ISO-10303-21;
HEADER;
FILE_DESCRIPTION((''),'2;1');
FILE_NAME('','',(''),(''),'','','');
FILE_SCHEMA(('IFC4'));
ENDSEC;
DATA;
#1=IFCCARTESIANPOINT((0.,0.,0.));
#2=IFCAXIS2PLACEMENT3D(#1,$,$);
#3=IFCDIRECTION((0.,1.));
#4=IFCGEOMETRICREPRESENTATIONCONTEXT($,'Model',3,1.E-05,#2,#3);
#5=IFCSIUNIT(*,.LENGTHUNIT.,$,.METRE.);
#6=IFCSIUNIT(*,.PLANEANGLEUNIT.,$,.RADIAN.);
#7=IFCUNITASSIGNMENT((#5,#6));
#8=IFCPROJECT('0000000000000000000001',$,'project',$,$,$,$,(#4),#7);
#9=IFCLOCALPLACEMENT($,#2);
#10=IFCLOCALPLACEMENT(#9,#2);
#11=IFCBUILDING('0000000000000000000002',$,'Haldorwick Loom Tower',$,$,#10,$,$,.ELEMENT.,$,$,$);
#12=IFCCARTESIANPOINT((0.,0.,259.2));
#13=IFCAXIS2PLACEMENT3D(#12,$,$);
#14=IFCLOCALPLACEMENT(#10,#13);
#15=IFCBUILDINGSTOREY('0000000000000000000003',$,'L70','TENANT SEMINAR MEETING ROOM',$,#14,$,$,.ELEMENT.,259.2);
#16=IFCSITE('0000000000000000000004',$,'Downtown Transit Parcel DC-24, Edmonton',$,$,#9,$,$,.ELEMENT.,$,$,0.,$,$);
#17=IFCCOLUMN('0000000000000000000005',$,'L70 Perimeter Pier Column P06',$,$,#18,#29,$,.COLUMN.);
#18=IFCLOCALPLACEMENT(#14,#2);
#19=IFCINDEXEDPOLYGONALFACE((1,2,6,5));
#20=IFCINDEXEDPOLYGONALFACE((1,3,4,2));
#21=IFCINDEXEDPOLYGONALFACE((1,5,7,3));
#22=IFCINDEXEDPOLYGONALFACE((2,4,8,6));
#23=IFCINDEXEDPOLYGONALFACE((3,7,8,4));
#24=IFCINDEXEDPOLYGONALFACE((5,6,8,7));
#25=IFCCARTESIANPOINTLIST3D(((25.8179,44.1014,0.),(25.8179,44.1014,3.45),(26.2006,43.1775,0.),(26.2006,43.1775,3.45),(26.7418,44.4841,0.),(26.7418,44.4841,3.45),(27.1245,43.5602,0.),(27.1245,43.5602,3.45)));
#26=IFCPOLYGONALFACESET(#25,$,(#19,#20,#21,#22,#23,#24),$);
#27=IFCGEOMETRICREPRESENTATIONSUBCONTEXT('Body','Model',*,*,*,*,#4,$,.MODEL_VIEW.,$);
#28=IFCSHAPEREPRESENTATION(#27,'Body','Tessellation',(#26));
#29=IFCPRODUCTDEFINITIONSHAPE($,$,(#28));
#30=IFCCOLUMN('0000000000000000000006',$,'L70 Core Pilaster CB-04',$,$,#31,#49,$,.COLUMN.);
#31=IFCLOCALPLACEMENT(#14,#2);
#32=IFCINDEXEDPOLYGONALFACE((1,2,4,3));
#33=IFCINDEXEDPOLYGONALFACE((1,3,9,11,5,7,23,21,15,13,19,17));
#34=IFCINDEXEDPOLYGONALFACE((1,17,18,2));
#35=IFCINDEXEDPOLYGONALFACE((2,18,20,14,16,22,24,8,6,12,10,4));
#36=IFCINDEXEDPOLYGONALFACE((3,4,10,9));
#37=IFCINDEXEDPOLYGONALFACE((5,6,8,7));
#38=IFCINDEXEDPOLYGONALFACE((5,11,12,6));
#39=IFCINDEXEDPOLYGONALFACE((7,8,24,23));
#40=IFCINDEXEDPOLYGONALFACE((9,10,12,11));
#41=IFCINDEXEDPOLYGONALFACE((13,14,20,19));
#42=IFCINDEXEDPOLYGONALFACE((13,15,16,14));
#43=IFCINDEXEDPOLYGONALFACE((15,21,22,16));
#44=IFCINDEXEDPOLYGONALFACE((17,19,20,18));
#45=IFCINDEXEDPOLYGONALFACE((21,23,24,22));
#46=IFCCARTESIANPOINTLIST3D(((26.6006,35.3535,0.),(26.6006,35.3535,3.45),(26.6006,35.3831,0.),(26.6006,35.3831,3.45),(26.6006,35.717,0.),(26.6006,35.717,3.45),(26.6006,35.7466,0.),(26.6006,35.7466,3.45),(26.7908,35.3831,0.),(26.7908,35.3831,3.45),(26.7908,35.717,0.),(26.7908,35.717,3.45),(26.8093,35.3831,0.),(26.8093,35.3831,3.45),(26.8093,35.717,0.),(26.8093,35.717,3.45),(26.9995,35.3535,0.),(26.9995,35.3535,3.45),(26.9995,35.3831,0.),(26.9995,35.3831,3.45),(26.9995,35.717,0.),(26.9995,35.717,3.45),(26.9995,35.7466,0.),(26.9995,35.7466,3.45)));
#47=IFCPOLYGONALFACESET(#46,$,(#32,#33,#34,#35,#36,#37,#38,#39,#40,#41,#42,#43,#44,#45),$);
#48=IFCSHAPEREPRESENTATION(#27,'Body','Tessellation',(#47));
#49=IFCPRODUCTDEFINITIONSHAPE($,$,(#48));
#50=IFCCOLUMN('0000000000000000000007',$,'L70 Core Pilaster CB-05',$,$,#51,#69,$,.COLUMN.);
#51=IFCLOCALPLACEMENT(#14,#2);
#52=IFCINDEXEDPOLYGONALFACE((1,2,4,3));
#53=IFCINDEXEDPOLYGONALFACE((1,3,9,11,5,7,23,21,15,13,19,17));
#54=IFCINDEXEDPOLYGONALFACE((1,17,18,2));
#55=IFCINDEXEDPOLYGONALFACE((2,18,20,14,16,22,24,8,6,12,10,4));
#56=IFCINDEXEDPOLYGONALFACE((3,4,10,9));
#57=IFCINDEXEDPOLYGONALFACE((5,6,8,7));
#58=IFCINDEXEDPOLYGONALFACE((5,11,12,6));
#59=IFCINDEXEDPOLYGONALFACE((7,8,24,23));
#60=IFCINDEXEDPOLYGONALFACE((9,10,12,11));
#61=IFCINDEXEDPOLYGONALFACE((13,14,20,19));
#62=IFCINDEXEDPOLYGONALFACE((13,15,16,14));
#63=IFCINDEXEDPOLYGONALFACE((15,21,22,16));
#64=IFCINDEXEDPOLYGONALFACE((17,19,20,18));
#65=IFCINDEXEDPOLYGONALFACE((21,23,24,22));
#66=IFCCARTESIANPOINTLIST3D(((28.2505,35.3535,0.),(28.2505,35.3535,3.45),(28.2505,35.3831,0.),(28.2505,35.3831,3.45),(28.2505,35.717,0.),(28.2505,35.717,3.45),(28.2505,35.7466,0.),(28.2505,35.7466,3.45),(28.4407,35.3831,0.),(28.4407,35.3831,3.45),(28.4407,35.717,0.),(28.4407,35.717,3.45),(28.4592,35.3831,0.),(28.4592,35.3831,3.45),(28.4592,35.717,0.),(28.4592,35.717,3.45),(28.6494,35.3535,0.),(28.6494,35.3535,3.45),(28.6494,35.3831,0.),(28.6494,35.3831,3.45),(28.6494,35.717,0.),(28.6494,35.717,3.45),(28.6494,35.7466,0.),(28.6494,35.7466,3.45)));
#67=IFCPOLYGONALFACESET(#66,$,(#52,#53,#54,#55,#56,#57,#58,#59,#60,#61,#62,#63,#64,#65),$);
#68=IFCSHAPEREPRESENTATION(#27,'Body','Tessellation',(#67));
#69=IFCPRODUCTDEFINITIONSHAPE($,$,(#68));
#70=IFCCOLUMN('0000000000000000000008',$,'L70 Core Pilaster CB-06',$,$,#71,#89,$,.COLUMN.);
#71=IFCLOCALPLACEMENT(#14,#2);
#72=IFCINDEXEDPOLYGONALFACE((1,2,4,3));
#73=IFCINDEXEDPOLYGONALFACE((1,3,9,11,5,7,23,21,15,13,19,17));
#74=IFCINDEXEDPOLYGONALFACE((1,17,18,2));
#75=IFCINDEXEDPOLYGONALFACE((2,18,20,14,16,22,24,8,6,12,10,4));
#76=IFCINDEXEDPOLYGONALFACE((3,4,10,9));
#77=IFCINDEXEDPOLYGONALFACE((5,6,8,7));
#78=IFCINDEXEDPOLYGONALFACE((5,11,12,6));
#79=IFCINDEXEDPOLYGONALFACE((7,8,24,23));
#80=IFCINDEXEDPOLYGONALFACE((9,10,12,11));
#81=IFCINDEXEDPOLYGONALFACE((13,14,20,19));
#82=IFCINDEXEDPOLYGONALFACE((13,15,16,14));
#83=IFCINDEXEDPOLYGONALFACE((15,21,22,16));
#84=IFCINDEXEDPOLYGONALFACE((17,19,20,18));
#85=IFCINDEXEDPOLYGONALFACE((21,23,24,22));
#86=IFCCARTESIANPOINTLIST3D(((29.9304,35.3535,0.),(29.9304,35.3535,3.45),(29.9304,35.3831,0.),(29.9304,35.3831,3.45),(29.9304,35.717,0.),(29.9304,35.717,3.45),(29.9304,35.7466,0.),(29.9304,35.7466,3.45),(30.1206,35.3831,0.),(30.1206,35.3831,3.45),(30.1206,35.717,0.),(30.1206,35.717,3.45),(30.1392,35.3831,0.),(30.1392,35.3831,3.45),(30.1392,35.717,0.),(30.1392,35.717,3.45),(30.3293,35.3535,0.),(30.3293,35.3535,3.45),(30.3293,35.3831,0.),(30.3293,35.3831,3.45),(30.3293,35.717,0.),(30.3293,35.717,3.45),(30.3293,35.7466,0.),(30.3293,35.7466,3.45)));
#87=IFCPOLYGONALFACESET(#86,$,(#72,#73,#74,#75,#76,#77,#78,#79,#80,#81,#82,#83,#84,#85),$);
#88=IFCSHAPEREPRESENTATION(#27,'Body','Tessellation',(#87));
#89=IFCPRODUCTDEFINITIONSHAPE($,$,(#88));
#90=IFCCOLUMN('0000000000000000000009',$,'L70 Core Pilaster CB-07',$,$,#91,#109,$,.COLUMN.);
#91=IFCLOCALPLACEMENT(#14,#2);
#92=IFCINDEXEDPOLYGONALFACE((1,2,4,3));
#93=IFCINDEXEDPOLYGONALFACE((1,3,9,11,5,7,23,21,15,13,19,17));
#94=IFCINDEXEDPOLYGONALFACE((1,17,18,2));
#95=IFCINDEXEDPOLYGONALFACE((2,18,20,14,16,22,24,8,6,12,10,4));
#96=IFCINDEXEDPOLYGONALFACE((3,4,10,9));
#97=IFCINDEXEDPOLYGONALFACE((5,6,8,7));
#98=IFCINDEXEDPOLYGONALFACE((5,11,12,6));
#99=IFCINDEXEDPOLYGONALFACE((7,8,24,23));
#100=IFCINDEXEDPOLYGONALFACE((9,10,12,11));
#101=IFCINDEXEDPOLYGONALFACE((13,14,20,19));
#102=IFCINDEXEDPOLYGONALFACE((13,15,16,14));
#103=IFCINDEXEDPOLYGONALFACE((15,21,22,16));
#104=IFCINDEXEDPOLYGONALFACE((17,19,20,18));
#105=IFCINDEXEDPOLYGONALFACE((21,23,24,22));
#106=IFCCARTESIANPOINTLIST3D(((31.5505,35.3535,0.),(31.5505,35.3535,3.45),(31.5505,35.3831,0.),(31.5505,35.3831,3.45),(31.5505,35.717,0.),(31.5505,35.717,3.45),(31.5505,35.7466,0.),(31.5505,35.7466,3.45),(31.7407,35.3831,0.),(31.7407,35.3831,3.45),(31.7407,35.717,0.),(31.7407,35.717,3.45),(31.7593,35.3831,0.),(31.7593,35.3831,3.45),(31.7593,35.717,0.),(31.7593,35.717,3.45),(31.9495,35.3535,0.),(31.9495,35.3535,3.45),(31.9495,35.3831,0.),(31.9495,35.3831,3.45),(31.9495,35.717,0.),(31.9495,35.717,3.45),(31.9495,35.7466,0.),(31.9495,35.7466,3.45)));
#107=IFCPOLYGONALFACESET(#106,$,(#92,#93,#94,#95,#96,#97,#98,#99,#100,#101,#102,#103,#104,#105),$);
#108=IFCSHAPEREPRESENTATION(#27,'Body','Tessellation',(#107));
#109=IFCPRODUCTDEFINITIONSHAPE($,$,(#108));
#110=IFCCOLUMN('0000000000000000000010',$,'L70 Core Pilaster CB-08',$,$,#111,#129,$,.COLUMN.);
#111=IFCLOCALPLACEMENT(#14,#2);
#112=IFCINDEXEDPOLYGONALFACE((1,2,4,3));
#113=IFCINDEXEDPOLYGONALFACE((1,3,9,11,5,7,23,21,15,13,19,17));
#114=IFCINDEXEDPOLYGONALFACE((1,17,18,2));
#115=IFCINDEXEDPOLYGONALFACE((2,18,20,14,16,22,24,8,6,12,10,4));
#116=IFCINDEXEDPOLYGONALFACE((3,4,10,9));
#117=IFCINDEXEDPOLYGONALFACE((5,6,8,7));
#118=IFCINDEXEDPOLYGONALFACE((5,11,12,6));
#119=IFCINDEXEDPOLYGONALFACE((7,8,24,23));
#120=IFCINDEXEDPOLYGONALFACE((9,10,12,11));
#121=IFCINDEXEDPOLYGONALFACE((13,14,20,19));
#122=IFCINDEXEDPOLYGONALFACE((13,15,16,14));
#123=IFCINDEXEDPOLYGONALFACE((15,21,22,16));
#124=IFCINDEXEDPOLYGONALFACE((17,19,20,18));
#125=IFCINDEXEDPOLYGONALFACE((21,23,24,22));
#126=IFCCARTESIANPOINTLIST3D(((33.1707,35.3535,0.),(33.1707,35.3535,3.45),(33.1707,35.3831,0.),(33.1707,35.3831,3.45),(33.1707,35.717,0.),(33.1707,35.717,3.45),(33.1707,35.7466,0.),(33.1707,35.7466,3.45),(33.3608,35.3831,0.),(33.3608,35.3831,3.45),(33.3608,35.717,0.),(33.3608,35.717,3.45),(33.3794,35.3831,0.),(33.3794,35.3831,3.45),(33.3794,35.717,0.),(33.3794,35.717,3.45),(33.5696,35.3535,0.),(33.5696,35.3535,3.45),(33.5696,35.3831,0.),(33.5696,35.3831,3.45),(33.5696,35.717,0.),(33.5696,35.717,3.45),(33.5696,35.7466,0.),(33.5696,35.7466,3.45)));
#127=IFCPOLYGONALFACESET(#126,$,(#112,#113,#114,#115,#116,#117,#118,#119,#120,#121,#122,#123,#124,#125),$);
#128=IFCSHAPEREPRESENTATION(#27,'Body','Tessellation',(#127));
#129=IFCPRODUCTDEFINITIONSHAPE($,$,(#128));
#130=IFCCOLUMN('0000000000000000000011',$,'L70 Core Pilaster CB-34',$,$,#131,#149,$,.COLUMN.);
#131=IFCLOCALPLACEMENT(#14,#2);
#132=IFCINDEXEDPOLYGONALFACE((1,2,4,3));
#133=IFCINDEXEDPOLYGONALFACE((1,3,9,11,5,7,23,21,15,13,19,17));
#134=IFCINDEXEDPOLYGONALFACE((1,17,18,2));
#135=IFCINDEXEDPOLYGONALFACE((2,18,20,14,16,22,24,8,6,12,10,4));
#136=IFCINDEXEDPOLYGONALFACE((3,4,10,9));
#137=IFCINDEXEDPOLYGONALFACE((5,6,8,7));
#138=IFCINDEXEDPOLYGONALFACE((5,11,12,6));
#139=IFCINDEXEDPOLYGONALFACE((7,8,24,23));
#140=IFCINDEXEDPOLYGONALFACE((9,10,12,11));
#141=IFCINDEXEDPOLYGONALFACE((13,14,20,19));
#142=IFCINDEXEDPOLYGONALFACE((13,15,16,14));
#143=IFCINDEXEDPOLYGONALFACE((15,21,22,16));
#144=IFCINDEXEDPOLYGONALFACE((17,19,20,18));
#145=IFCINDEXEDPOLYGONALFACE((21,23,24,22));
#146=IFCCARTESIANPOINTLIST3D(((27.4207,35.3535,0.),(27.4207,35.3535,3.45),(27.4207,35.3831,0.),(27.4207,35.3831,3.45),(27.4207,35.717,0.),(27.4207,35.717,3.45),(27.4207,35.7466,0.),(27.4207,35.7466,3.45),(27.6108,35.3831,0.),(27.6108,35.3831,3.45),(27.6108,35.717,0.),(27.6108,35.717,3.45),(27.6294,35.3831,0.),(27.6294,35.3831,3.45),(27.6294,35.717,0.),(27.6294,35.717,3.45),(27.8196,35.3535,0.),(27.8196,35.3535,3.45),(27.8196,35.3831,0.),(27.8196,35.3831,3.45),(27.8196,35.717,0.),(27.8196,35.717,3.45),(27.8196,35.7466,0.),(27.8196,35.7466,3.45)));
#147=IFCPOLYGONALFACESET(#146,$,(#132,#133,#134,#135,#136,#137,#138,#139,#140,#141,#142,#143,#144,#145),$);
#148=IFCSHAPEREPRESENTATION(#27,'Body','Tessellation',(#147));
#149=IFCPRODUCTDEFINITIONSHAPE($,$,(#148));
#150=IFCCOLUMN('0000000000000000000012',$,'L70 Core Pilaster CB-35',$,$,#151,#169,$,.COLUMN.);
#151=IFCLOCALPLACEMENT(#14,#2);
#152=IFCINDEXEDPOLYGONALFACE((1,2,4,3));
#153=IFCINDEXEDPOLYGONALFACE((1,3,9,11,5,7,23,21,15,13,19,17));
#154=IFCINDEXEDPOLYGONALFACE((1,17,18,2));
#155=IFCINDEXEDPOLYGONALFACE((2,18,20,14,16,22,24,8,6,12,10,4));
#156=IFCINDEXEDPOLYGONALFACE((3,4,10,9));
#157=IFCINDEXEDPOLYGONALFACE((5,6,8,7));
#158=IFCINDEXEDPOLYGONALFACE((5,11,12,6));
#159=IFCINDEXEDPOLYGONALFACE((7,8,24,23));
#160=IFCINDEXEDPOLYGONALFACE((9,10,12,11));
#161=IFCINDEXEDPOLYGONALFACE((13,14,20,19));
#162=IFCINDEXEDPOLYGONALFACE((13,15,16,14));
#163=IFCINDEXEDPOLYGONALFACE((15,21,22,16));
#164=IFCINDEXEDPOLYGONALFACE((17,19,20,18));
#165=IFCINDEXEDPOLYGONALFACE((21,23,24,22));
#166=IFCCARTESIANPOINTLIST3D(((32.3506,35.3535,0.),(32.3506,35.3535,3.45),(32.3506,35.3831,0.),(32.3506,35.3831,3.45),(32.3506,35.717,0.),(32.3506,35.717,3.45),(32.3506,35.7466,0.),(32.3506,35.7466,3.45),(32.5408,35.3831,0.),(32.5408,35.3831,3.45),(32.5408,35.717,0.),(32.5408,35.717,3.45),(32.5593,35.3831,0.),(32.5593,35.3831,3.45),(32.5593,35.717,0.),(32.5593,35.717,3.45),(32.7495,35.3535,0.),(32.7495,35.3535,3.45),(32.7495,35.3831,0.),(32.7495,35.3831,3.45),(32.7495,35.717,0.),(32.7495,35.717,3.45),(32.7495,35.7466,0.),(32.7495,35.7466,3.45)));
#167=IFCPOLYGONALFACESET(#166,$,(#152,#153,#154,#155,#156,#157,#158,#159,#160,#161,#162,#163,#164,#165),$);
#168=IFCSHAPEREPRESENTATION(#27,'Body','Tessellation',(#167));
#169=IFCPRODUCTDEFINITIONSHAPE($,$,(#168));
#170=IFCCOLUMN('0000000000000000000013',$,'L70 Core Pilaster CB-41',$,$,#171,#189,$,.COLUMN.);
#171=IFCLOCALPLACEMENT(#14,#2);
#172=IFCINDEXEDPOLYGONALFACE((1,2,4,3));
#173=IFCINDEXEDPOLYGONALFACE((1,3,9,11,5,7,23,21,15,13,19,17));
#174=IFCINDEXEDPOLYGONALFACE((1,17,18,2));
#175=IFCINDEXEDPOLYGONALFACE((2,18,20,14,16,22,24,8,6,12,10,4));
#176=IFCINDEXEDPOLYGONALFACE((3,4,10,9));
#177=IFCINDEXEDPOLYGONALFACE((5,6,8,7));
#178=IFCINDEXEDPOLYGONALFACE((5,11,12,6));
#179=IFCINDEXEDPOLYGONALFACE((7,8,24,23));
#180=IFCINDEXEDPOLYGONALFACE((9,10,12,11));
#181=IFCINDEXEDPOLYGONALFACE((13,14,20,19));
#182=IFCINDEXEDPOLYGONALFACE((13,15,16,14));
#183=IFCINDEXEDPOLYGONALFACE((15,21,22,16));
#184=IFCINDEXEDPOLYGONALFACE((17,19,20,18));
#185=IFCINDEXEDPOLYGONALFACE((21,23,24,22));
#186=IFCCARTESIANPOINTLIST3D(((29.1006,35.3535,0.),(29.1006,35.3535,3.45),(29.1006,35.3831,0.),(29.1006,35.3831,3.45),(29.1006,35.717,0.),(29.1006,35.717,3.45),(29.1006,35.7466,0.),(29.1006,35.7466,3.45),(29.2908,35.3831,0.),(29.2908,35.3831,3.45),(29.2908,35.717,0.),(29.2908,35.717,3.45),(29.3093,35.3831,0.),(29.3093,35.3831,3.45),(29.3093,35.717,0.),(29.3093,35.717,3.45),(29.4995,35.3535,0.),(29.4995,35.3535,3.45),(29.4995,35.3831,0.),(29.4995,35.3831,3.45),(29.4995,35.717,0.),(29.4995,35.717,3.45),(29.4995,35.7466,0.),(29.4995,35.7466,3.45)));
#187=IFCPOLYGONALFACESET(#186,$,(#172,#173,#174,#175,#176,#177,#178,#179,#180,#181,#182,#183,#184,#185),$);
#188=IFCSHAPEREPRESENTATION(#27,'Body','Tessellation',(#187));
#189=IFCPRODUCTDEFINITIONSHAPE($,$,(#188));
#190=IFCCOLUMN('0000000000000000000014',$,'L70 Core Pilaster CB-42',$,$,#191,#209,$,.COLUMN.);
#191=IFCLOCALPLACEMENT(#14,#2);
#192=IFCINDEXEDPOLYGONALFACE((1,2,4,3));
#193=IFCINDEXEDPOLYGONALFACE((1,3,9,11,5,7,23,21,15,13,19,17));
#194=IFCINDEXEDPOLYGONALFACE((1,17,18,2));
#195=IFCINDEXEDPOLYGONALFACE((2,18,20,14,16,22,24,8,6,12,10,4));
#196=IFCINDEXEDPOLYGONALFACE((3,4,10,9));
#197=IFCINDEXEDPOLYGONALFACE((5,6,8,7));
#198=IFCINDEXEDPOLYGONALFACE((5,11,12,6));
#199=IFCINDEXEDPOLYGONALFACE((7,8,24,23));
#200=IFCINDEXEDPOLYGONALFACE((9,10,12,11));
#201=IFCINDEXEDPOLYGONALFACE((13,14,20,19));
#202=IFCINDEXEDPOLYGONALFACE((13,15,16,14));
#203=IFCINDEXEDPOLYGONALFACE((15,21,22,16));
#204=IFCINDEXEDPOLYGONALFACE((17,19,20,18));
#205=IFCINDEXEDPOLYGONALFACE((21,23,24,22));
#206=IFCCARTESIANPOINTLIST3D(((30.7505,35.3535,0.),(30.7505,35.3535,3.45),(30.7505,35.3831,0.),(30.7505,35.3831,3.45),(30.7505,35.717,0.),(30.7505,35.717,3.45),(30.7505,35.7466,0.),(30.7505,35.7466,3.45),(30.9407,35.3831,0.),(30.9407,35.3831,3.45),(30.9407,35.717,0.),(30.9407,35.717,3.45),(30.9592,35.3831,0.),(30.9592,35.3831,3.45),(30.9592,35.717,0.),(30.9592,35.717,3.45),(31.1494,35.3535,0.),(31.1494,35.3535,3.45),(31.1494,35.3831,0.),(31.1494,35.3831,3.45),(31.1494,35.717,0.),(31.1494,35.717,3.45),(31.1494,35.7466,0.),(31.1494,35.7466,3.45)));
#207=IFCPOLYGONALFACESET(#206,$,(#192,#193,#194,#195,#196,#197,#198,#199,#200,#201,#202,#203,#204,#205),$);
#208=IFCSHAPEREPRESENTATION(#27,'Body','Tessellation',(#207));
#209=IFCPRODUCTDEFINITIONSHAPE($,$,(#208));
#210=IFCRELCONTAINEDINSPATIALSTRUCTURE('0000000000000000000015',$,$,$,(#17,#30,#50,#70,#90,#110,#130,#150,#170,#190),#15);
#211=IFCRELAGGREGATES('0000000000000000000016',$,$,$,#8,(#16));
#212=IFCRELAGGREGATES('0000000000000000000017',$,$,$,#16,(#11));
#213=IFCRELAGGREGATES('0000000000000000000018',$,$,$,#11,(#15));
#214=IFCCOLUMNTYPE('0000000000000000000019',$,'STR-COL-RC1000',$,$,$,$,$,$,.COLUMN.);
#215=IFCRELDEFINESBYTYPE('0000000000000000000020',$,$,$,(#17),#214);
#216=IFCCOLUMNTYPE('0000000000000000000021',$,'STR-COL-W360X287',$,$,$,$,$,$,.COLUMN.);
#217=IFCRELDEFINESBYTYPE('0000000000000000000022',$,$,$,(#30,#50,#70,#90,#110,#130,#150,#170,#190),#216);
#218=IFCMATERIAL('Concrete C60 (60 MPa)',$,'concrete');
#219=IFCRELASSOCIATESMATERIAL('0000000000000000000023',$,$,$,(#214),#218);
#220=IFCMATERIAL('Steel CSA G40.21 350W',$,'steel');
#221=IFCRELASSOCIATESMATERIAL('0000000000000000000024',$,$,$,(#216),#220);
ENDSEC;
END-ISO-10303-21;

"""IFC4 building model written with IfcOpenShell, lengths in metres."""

from ifc_helpers import new_model, si_unit, direction, frame, origin, origin_2d, place, context, subcontext, project, spatial, rectangle, i_section, extrude, material, material_profile, profile_set, type_object, element, save


model = new_model("IFC4")

# Units and contexts
model_context = context("Model", 3, precision=1e-05, world=origin(), true_north=direction((0.0, 1.0)))
body_context = subcontext(model_context, "Body", "Model", "MODEL_VIEW")
ifc_project = project(units=[si_unit("LENGTHUNIT", "METRE"), si_unit("PLANEANGLEUNIT", "RADIAN")], contexts=[model_context])

# Site, building, storey
site_placement = place(None, origin())
site = spatial("IfcSite", under=ifc_project, at=site_placement, Name="Downtown Transit Parcel DC-24, Edmonton", CompositionType="ELEMENT", RefElevation=0.0)
building_placement = place(site_placement, origin())
building = spatial("IfcBuilding", under=site, at=building_placement, Name="Haldorwick Loom Tower", CompositionType="ELEMENT")
storey_placement = place(building_placement, frame((0.0, 0.0, 259.2)))
storey = spatial("IfcBuildingStorey", under=building, at=storey_placement, Name="L70", Description="TENANT SEMINAR MEETING ROOM", CompositionType="ELEMENT", Elevation=259.2)

# Columns
ifc_material_1 = material(Name="Concrete C60 (60 MPa)", Category="concrete")
ifc_material_profile_1 = material_profile(ifc_material_1, rectangle(XDim=1.0, YDim=1.0, at=origin_2d()), Name="RC1000X1000", Category="concrete")
ifc_profile_set_1 = profile_set([ifc_material_profile_1], Name="Concrete C60 (60 MPa)")
column_type_1 = type_object("IfcColumnType", Name="STR-COL-RC1000", PredefinedType="COLUMN", material=ifc_profile_set_1)
column_placement = place(storey_placement, frame((26.4712, 43.8308, 0.0), z_axis=(0.0, 0.0, 1.0), x_axis=(-0.382683, 0.92388, 0.0)))
element("IfcColumn", 1, at=column_placement, inside=storey, type_object=column_type_1, Name="L70 Perimeter Pier Column P06", PredefinedType="COLUMN", context=body_context, shape_type="SweptSolid", body=[
    extrude(rectangle(XDim=1.0, YDim=1.0, at=origin_2d()), origin(), (0.0, 0.0, 1.0), 3.45),
])
ifc_material_2 = material(Name="Steel CSA G40.21 350W", Category="steel")
ifc_material_profile_2 = material_profile(ifc_material_2, i_section(OverallWidth=0.3989, OverallDepth=0.3931, WebThickness=0.0186, FlangeThickness=0.0295, at=origin_2d()), Name="W360X287", Category="steel")
ifc_profile_set_2 = profile_set([ifc_material_profile_2], Name="Steel CSA G40.21 350W")
column_type_2 = type_object("IfcColumnType", Name="STR-COL-W360X287", PredefinedType="COLUMN", material=ifc_profile_set_2)
for number, where, z_axis, x_axis, name in (
    (2, (26.8, 35.55, 0.0), (0.0, 0.0, 1.0), (1.0, 0.0, 0.0), "L70 Core Pilaster CB-04"),
    (3, (28.45, 35.55, 0.0), (0.0, 0.0, 1.0), (1.0, 0.0, 0.0), "L70 Core Pilaster CB-05"),
    (4, (30.1299, 35.55, 0.0), (0.0, 0.0, 1.0), (1.0, 0.0, 0.0), "L70 Core Pilaster CB-06"),
    (5, (31.75, 35.55, 0.0), (0.0, 0.0, 1.0), (1.0, 0.0, 0.0), "L70 Core Pilaster CB-07"),
    (6, (33.3701, 35.55, 0.0), (0.0, 0.0, 1.0), (1.0, 0.0, 0.0), "L70 Core Pilaster CB-08"),
    (7, (27.6201, 35.55, 0.0), (0.0, 0.0, 1.0), (1.0, 0.0, 0.0), "L70 Core Pilaster CB-34"),
    (8, (32.55, 35.55, 0.0), (0.0, 0.0, 1.0), (1.0, 0.0, 0.0), "L70 Core Pilaster CB-35"),
    (9, (29.3, 35.55, 0.0), (0.0, 0.0, 1.0), (1.0, 0.0, 0.0), "L70 Core Pilaster CB-41"),
    (10, (30.95, 35.55, 0.0), (0.0, 0.0, 1.0), (1.0, 0.0, 0.0), "L70 Core Pilaster CB-42"),
):
    element("IfcColumn", number, at=place(storey_placement, frame(where, z_axis=z_axis, x_axis=x_axis)), inside=storey, type_object=column_type_2, Name=name, PredefinedType="COLUMN", context=body_context, shape_type="SweptSolid", body=[
        extrude(i_section(OverallWidth=0.3989, OverallDepth=0.3931, WebThickness=0.0186, FlangeThickness=0.0295, at=origin_2d()), origin(), (0.0, 0.0, 1.0), 3.45),
    ])

save(model, "model.ifc")
